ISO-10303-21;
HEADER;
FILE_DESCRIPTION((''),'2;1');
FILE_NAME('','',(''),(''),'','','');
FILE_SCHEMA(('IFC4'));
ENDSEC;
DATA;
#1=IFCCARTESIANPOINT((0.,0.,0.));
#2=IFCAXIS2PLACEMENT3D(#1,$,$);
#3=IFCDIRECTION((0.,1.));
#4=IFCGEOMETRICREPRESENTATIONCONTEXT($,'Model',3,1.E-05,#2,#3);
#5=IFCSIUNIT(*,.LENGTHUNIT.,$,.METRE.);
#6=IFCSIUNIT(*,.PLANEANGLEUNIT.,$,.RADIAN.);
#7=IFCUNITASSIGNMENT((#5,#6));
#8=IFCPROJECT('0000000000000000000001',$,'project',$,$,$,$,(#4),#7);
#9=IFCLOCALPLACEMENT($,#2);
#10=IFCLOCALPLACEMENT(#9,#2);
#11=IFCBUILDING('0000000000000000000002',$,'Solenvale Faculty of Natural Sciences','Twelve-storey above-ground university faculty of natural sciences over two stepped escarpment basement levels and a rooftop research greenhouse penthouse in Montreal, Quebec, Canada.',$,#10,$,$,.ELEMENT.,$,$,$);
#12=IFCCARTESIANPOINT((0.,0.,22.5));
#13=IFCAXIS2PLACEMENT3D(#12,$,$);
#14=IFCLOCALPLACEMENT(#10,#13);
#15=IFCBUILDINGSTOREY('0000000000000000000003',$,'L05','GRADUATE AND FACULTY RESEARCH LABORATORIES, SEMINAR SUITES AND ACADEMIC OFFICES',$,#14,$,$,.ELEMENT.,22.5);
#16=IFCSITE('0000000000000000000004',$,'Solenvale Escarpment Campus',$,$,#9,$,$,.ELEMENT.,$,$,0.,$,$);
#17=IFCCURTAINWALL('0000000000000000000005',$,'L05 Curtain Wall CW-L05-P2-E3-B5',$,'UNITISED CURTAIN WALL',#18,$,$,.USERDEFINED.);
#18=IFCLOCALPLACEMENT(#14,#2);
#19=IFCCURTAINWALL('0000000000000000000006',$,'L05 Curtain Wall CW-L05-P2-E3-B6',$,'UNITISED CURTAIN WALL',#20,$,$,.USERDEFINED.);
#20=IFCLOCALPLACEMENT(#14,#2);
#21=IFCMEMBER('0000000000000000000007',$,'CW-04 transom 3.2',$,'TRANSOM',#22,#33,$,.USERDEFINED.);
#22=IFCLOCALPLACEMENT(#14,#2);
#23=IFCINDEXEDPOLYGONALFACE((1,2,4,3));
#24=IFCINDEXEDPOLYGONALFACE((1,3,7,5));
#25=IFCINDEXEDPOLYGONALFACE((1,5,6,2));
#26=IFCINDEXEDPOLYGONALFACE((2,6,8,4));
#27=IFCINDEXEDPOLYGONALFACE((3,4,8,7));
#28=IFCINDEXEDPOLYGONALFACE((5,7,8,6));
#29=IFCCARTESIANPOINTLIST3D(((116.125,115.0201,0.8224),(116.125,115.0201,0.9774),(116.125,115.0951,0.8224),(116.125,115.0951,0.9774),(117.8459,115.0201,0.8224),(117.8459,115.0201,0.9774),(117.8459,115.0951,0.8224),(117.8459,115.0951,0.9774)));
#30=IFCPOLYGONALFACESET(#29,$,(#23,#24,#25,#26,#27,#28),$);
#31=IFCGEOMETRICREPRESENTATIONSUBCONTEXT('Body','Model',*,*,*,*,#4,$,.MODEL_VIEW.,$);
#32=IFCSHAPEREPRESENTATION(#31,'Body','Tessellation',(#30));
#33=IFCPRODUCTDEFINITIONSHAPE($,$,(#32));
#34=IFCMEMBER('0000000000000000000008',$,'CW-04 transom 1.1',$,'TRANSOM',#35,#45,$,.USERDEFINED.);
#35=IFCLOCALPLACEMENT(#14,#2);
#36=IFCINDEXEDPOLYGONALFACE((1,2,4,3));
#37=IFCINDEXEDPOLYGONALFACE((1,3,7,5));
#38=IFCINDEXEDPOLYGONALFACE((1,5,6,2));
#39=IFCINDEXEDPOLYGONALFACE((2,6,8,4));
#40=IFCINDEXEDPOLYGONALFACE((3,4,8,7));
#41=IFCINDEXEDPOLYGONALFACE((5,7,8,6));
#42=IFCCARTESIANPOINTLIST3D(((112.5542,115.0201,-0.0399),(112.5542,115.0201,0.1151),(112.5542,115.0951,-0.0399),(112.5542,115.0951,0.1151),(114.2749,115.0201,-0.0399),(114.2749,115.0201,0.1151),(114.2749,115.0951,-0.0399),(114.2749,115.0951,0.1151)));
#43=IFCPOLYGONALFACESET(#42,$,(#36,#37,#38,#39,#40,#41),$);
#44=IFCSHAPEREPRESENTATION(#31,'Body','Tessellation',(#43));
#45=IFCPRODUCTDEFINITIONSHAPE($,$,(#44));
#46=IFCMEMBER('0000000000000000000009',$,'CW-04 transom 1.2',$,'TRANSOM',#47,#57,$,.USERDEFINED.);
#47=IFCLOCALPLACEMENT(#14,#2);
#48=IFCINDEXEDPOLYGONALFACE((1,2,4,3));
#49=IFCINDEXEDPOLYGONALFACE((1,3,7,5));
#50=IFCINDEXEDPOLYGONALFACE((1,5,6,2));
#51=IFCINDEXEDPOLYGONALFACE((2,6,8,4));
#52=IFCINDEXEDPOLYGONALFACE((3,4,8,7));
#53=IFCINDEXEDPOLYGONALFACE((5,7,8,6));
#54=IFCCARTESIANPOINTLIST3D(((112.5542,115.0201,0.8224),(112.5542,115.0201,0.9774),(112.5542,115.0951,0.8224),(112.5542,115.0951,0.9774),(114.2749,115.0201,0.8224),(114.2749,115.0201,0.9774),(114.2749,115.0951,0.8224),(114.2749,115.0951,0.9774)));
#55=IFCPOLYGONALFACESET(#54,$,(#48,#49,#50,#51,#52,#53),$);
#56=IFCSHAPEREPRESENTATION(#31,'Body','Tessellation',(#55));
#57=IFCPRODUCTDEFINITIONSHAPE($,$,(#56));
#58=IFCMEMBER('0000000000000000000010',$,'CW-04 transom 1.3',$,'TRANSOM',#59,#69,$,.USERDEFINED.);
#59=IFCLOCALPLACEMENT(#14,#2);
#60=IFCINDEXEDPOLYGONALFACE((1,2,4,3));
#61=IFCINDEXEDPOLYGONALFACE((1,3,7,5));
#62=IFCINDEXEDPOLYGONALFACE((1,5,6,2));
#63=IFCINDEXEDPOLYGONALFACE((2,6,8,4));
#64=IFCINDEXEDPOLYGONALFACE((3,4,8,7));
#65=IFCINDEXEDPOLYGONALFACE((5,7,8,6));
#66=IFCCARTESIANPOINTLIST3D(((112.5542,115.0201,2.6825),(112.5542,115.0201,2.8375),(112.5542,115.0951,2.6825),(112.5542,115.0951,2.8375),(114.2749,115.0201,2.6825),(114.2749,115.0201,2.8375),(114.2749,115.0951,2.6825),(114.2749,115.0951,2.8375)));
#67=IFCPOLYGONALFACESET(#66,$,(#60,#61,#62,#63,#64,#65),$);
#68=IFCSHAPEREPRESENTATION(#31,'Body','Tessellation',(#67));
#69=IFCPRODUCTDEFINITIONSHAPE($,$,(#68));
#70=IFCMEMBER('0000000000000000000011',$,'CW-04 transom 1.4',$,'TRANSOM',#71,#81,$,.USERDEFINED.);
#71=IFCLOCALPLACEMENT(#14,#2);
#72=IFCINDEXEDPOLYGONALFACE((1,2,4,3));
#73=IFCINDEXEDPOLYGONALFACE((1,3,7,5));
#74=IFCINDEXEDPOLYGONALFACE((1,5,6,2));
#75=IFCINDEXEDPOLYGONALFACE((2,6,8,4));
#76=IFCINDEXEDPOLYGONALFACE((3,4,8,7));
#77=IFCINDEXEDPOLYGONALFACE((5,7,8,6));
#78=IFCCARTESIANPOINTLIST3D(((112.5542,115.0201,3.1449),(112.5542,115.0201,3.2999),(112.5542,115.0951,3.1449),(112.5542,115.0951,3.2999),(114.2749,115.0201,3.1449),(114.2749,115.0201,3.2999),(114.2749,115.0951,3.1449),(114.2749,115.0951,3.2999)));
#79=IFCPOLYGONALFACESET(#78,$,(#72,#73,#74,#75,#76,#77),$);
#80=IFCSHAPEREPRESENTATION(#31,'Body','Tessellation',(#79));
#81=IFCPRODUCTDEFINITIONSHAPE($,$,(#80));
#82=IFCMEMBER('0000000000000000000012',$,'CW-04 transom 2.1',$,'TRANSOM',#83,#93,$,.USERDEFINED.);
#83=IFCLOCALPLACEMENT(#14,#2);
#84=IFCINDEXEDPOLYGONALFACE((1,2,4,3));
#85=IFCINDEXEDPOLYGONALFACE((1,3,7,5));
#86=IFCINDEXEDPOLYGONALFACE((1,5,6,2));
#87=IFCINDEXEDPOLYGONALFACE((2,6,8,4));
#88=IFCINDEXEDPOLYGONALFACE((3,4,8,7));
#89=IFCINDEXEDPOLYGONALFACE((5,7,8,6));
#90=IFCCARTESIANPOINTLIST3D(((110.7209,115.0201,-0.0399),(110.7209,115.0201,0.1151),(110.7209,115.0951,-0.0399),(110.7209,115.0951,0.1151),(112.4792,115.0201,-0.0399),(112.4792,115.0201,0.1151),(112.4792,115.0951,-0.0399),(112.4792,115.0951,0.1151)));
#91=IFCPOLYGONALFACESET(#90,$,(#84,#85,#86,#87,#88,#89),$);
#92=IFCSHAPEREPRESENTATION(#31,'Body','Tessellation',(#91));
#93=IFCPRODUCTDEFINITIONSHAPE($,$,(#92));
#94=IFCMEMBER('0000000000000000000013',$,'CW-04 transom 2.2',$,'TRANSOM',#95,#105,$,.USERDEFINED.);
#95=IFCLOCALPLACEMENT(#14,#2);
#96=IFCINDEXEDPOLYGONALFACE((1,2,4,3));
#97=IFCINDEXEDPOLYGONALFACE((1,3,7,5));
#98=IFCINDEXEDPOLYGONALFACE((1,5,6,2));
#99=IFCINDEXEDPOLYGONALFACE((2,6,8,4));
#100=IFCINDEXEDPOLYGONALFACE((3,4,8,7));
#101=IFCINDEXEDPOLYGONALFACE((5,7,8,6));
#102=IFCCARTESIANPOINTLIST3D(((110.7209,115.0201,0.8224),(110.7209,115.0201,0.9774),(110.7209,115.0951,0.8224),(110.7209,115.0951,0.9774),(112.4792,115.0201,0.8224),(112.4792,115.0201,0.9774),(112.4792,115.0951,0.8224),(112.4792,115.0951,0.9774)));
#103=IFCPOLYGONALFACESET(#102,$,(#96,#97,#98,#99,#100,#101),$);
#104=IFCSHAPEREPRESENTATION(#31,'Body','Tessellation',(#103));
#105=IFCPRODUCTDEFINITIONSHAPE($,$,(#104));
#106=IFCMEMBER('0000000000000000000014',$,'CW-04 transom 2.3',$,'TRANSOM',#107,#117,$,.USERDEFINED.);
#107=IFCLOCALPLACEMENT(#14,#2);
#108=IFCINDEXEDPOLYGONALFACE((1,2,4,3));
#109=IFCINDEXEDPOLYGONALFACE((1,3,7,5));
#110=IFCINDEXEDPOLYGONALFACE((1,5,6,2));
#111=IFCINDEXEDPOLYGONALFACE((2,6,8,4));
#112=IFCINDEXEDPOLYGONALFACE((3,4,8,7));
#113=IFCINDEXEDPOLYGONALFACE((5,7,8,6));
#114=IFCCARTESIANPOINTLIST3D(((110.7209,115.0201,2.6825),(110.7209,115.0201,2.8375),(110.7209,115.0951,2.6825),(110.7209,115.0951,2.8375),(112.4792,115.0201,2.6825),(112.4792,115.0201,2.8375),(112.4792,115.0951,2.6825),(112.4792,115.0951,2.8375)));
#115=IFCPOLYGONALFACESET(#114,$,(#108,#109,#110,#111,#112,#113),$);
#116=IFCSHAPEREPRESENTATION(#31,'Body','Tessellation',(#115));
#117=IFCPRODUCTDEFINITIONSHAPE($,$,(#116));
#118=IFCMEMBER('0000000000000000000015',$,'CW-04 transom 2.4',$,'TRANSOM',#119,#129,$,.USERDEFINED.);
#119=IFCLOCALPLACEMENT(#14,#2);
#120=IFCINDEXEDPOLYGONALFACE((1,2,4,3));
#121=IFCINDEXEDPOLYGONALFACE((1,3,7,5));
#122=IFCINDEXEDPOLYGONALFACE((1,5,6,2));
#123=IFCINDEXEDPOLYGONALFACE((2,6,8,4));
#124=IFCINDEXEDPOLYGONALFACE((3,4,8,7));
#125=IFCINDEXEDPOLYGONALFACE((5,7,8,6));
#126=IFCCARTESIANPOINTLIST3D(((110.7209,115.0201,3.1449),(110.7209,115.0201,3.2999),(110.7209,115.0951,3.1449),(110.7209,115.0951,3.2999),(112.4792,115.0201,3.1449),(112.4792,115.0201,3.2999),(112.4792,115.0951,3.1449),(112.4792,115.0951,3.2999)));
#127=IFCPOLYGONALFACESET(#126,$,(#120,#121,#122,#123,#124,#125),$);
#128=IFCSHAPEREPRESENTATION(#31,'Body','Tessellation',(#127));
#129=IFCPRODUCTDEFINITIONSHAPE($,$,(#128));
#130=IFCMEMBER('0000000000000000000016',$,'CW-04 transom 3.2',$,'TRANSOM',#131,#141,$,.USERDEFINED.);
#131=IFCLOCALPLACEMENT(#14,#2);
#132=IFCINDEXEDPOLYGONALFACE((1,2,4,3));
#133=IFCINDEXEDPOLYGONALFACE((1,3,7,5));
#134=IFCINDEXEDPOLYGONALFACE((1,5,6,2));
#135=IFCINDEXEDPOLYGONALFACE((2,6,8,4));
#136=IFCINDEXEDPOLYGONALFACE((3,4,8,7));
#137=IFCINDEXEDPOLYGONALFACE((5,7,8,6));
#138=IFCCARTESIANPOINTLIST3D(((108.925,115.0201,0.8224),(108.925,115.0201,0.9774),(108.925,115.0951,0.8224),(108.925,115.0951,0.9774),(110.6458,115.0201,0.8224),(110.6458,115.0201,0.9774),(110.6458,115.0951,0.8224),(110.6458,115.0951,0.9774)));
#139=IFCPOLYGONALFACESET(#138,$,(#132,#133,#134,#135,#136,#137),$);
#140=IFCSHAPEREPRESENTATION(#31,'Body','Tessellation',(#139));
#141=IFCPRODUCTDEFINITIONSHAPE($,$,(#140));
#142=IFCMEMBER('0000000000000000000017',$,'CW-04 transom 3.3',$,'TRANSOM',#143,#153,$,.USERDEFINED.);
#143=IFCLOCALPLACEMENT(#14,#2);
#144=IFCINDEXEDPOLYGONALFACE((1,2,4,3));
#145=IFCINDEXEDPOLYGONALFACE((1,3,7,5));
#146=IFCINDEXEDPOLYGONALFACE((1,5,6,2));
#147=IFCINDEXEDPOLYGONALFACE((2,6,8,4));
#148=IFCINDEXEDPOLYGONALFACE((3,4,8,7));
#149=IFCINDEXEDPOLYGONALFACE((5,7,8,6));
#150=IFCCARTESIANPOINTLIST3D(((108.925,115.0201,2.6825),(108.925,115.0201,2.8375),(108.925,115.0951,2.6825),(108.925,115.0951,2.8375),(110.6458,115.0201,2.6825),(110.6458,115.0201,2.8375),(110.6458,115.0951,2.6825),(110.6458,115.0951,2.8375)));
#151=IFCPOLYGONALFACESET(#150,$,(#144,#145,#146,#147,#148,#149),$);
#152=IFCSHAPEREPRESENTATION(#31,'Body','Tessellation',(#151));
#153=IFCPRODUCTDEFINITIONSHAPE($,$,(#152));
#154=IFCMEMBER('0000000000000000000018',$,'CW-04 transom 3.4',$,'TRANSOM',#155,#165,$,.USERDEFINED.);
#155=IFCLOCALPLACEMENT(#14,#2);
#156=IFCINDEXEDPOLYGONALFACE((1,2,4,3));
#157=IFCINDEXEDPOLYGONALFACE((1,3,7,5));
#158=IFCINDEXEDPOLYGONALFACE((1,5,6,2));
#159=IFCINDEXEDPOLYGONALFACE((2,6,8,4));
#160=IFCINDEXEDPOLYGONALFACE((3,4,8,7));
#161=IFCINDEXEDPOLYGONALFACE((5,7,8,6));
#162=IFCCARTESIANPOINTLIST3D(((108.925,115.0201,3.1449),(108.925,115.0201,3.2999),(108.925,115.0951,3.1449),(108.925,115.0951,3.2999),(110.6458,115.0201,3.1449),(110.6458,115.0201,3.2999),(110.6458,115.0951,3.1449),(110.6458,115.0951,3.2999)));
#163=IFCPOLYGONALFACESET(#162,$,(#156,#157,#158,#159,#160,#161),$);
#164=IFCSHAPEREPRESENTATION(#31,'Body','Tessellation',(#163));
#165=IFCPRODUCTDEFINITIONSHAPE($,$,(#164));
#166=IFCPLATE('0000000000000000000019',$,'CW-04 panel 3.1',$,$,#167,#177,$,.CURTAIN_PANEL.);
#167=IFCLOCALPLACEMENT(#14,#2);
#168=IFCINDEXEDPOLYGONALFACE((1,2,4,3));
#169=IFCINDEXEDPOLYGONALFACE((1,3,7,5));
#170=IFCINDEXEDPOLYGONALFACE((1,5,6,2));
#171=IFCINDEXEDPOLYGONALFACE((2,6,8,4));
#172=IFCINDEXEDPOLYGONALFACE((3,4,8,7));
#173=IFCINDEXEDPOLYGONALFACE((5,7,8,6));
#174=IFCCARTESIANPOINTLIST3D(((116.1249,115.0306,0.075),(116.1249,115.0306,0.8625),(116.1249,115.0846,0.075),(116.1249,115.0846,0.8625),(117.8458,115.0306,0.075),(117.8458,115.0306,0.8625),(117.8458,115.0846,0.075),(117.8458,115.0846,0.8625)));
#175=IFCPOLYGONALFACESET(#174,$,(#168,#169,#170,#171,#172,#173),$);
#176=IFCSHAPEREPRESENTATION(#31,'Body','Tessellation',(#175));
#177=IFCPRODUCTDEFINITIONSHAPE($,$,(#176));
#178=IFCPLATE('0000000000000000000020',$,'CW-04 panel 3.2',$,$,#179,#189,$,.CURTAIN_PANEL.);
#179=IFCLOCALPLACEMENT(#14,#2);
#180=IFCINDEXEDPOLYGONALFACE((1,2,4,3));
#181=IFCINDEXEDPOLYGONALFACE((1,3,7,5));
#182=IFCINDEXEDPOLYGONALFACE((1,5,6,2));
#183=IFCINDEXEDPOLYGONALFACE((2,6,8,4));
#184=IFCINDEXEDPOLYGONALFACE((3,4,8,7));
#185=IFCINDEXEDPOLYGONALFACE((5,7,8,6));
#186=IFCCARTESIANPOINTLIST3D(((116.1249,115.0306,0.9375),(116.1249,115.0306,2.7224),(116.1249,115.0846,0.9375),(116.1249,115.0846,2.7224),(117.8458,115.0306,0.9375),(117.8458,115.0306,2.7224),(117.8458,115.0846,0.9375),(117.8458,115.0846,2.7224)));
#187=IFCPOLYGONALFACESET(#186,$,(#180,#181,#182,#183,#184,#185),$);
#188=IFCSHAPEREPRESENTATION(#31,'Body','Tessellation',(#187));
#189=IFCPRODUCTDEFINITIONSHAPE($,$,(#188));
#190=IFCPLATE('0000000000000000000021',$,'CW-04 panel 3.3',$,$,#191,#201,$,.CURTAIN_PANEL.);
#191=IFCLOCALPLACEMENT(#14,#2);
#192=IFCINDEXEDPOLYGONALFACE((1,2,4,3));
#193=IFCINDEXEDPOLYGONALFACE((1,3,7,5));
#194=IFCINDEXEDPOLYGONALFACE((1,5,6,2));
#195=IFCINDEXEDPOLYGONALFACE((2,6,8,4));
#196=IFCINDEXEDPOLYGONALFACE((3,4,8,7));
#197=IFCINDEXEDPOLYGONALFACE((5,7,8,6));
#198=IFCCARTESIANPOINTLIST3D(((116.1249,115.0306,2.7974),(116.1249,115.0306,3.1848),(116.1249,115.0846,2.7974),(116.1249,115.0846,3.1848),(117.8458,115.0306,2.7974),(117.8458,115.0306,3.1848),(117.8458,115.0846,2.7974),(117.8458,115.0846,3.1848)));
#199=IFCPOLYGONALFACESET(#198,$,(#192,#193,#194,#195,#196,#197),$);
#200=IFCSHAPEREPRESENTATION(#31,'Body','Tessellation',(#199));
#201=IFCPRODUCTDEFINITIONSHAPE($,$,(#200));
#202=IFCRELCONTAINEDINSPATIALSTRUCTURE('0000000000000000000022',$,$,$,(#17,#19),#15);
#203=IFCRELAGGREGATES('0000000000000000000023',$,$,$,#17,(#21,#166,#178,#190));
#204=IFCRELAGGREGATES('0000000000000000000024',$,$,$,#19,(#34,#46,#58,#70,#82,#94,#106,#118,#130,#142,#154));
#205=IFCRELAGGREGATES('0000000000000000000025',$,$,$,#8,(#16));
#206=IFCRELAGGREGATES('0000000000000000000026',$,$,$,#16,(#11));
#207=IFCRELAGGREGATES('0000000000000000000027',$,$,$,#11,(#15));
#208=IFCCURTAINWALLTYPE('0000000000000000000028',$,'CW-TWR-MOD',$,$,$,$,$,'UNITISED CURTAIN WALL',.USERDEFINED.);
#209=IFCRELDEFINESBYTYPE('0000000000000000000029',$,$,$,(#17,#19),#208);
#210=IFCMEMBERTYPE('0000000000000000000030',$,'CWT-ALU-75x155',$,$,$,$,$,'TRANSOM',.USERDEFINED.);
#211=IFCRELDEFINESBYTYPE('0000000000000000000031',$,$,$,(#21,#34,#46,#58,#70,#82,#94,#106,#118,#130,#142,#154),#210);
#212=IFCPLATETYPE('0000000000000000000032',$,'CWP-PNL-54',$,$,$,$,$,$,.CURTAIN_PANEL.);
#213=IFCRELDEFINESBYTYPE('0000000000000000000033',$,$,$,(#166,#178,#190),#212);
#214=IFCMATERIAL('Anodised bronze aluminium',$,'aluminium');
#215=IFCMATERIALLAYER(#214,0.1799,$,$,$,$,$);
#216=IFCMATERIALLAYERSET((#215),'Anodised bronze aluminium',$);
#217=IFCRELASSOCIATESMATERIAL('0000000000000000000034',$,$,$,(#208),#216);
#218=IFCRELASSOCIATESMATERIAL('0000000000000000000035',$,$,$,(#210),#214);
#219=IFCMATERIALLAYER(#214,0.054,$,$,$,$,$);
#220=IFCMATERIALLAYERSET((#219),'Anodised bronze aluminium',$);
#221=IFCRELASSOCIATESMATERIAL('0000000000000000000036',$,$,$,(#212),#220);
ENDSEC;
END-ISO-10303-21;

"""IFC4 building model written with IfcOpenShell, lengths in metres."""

from ifc_helpers import new_model, si_unit, direction, frame, origin, origin_2d, place, context, subcontext, project, spatial, rectangle, extrude, material, layer, layer_set, material_profile, profile_set, type_object, element, aggregate, save


model = new_model("IFC4")

# Units and contexts
model_context = context("Model", 3, precision=1e-05, world=origin(), true_north=direction((0.0, 1.0)))
body_context = subcontext(model_context, "Body", "Model", "MODEL_VIEW")
ifc_project = project(units=[si_unit("LENGTHUNIT", "METRE"), si_unit("PLANEANGLEUNIT", "RADIAN")], contexts=[model_context])

# Site, building, storey
site_placement = place(None, origin())
site = spatial("IfcSite", under=ifc_project, at=site_placement, Name="Solenvale Escarpment Campus", CompositionType="ELEMENT", RefElevation=0.0)
building_placement = place(site_placement, origin())
building = spatial("IfcBuilding", under=site, at=building_placement, Name="Solenvale Faculty of Natural Sciences", Description="Twelve-storey above-ground university faculty of natural sciences over two stepped escarpment basement levels and a rooftop research greenhouse penthouse in Montreal, Quebec, Canada.", CompositionType="ELEMENT")
storey_placement = place(building_placement, frame((0.0, 0.0, 22.5)))
storey = spatial("IfcBuildingStorey", under=building, at=storey_placement, Name="L05", Description="GRADUATE AND FACULTY RESEARCH LABORATORIES, SEMINAR SUITES AND ACADEMIC OFFICES", CompositionType="ELEMENT", Elevation=22.5)

# Curtain wall
ifc_material_1 = material(Name="Anodised bronze aluminium", Category="aluminium")
ifc_layer_1 = layer(ifc_material_1, 0.1799)
ifc_layer_set_1 = layer_set([ifc_layer_1], Name="Anodised bronze aluminium")
curtain_wall_type = type_object("IfcCurtainWallType", Name="CW-TWR-MOD", ElementType="UNITISED CURTAIN WALL", PredefinedType="USERDEFINED", material=ifc_layer_set_1)
curtain_wall_1_placement = place(storey_placement, origin())
curtain_wall_1 = element("IfcCurtainWall", 1, at=curtain_wall_1_placement, inside=storey, type_object=curtain_wall_type, Name="L05 Curtain Wall CW-L05-P2-E3-B5", ObjectType="UNITISED CURTAIN WALL", PredefinedType="USERDEFINED")

# Curtain wall
curtain_wall_2_placement = place(storey_placement, origin())
curtain_wall_2 = element("IfcCurtainWall", 2, at=curtain_wall_2_placement, inside=storey, type_object=curtain_wall_type, Name="L05 Curtain Wall CW-L05-P2-E3-B6", ObjectType="UNITISED CURTAIN WALL", PredefinedType="USERDEFINED")

# Members
ifc_material_profile_1 = material_profile(ifc_material_1, rectangle(XDim=0.075, YDim=0.155, at=origin_2d()), Name="ALU-TRN-75x155")
ifc_profile_set_1 = profile_set([ifc_material_profile_1], Name="Anodised bronze aluminium")
member_type_1 = type_object("IfcMemberType", Name="CWT-ALU-75x155", ElementType="TRANSOM", PredefinedType="USERDEFINED", material=ifc_profile_set_1)
member_1_placement = place(storey_placement, frame((117.8459, 115.0576, 0.8999), z_axis=(-1.0, 0.0, 0.0), x_axis=(0.0, -1.0, 0.0)))
member_1 = element("IfcMember", 3, at=member_1_placement, type_object=member_type_1, Name="CW-04 transom 3.2", ObjectType="TRANSOM", PredefinedType="USERDEFINED", context=body_context, shape_type="SweptSolid", body=[
    extrude(rectangle(XDim=0.075, YDim=0.155, at=origin_2d()), origin(), (0.0, 0.0, 1.0), 1.7209),
])
member_2_placement = place(storey_placement, frame((114.2749, 115.0576, 0.0376), z_axis=(-1.0, 0.0, 0.0), x_axis=(0.0, -1.0, 0.0)))
member_2 = element("IfcMember", 4, at=member_2_placement, type_object=member_type_1, Name="CW-04 transom 1.1", ObjectType="TRANSOM", PredefinedType="USERDEFINED", context=body_context, shape_type="SweptSolid", body=[
    extrude(rectangle(XDim=0.075, YDim=0.155, at=origin_2d()), origin(), (0.0, 0.0, 1.0), 1.7207),
])
member_3_placement = place(storey_placement, frame((114.2749, 115.0576, 0.8999), z_axis=(-1.0, 0.0, 0.0), x_axis=(0.0, -1.0, 0.0)))
member_3 = element("IfcMember", 5, at=member_3_placement, type_object=member_type_1, Name="CW-04 transom 1.2", ObjectType="TRANSOM", PredefinedType="USERDEFINED", context=body_context, shape_type="SweptSolid", body=[
    extrude(rectangle(XDim=0.075, YDim=0.155, at=origin_2d()), origin(), (0.0, 0.0, 1.0), 1.7207),
])
member_4_placement = place(storey_placement, frame((114.2749, 115.0576, 2.76), z_axis=(-1.0, 0.0, 0.0), x_axis=(0.0, -1.0, 0.0)))
member_4 = element("IfcMember", 6, at=member_4_placement, type_object=member_type_1, Name="CW-04 transom 1.3", ObjectType="TRANSOM", PredefinedType="USERDEFINED", context=body_context, shape_type="SweptSolid", body=[
    extrude(rectangle(XDim=0.075, YDim=0.155, at=origin_2d()), origin(), (0.0, 0.0, 1.0), 1.7207),
])
member_5_placement = place(storey_placement, frame((114.2749, 115.0576, 3.2224), z_axis=(-1.0, 0.0, 0.0), x_axis=(0.0, -1.0, 0.0)))
member_5 = element("IfcMember", 7, at=member_5_placement, type_object=member_type_1, Name="CW-04 transom 1.4", ObjectType="TRANSOM", PredefinedType="USERDEFINED", context=body_context, shape_type="SweptSolid", body=[
    extrude(rectangle(XDim=0.075, YDim=0.155, at=origin_2d()), origin(), (0.0, 0.0, 1.0), 1.7207),
])
member_6_placement = place(storey_placement, frame((112.4792, 115.0576, 0.0376), z_axis=(-1.0, 0.0, 0.0), x_axis=(0.0, -1.0, 0.0)))
member_6 = element("IfcMember", 8, at=member_6_placement, type_object=member_type_1, Name="CW-04 transom 2.1", ObjectType="TRANSOM", PredefinedType="USERDEFINED", context=body_context, shape_type="SweptSolid", body=[
    extrude(rectangle(XDim=0.075, YDim=0.155, at=origin_2d()), origin(), (0.0, 0.0, 1.0), 1.7583),
])
member_7_placement = place(storey_placement, frame((112.4792, 115.0576, 0.8999), z_axis=(-1.0, 0.0, 0.0), x_axis=(0.0, -1.0, 0.0)))
member_7 = element("IfcMember", 9, at=member_7_placement, type_object=member_type_1, Name="CW-04 transom 2.2", ObjectType="TRANSOM", PredefinedType="USERDEFINED", context=body_context, shape_type="SweptSolid", body=[
    extrude(rectangle(XDim=0.075, YDim=0.155, at=origin_2d()), origin(), (0.0, 0.0, 1.0), 1.7583),
])
member_8_placement = place(storey_placement, frame((112.4792, 115.0576, 2.76), z_axis=(-1.0, 0.0, 0.0), x_axis=(0.0, -1.0, 0.0)))
member_8 = element("IfcMember", 10, at=member_8_placement, type_object=member_type_1, Name="CW-04 transom 2.3", ObjectType="TRANSOM", PredefinedType="USERDEFINED", context=body_context, shape_type="SweptSolid", body=[
    extrude(rectangle(XDim=0.075, YDim=0.155, at=origin_2d()), origin(), (0.0, 0.0, 1.0), 1.7583),
])
member_9_placement = place(storey_placement, frame((112.4792, 115.0576, 3.2224), z_axis=(-1.0, 0.0, 0.0), x_axis=(0.0, -1.0, 0.0)))
member_9 = element("IfcMember", 11, at=member_9_placement, type_object=member_type_1, Name="CW-04 transom 2.4", ObjectType="TRANSOM", PredefinedType="USERDEFINED", context=body_context, shape_type="SweptSolid", body=[
    extrude(rectangle(XDim=0.075, YDim=0.155, at=origin_2d()), origin(), (0.0, 0.0, 1.0), 1.7583),
])
member_10_placement = place(storey_placement, frame((110.6458, 115.0576, 0.8999), z_axis=(-1.0, 0.0, 0.0), x_axis=(0.0, -1.0, 0.0)))
member_10 = element("IfcMember", 12, at=member_10_placement, type_object=member_type_1, Name="CW-04 transom 3.2", ObjectType="TRANSOM", PredefinedType="USERDEFINED", context=body_context, shape_type="SweptSolid", body=[
    extrude(rectangle(XDim=0.075, YDim=0.155, at=origin_2d()), origin(), (0.0, 0.0, 1.0), 1.7207),
])
member_11_placement = place(storey_placement, frame((110.6458, 115.0576, 2.76), z_axis=(-1.0, 0.0, 0.0), x_axis=(0.0, -1.0, 0.0)))
member_11 = element("IfcMember", 13, at=member_11_placement, type_object=member_type_1, Name="CW-04 transom 3.3", ObjectType="TRANSOM", PredefinedType="USERDEFINED", context=body_context, shape_type="SweptSolid", body=[
    extrude(rectangle(XDim=0.075, YDim=0.155, at=origin_2d()), origin(), (0.0, 0.0, 1.0), 1.7207),
])
member_12_placement = place(storey_placement, frame((110.6458, 115.0576, 3.2224), z_axis=(-1.0, 0.0, 0.0), x_axis=(0.0, -1.0, 0.0)))
member_12 = element("IfcMember", 14, at=member_12_placement, type_object=member_type_1, Name="CW-04 transom 3.4", ObjectType="TRANSOM", PredefinedType="USERDEFINED", context=body_context, shape_type="SweptSolid", body=[
    extrude(rectangle(XDim=0.075, YDim=0.155, at=origin_2d()), origin(), (0.0, 0.0, 1.0), 1.7207),
])

# Plates
ifc_layer_2 = layer(ifc_material_1, 0.054)
ifc_layer_set_2 = layer_set([ifc_layer_2], Name="Anodised bronze aluminium")
plate_type_1 = type_object("IfcPlateType", Name="CWP-PNL-54", PredefinedType="CURTAIN_PANEL", material=ifc_layer_set_2)
plate_1_placement = place(storey_placement, frame((116.9854, 115.0576, 0.075), z_axis=(0.0, 0.0, 1.0), x_axis=(-1.0, 0.0, 0.0)))
plate_1 = element("IfcPlate", 15, at=plate_1_placement, type_object=plate_type_1, Name="CW-04 panel 3.1", PredefinedType="CURTAIN_PANEL", context=body_context, shape_type="SweptSolid", body=[
    extrude(rectangle(XDim=1.7209, YDim=0.054, at=origin_2d()), origin(), (0.0, 0.0, 1.0), 0.7876),
])
plate_2_placement = place(storey_placement, frame((116.9854, 115.0576, 0.9375), z_axis=(0.0, 0.0, 1.0), x_axis=(-1.0, 0.0, 0.0)))
plate_2 = element("IfcPlate", 16, at=plate_2_placement, type_object=plate_type_1, Name="CW-04 panel 3.2", PredefinedType="CURTAIN_PANEL", context=body_context, shape_type="SweptSolid", body=[
    extrude(rectangle(XDim=1.7209, YDim=0.054, at=origin_2d()), origin(), (0.0, 0.0, 1.0), 1.7849),
])
plate_3_placement = place(storey_placement, frame((116.9854, 115.0576, 2.7974), z_axis=(0.0, 0.0, 1.0), x_axis=(-1.0, 0.0, 0.0)))
plate_3 = element("IfcPlate", 17, at=plate_3_placement, type_object=plate_type_1, Name="CW-04 panel 3.3", PredefinedType="CURTAIN_PANEL", context=body_context, shape_type="SweptSolid", body=[
    extrude(rectangle(XDim=1.7209, YDim=0.054, at=origin_2d()), origin(), (0.0, 0.0, 1.0), 0.3875),
])
aggregate(curtain_wall_1, [member_1, plate_1, plate_2, plate_3])
aggregate(curtain_wall_2, [member_2, member_3, member_4, member_5, member_6, member_7, member_8, member_9, member_10, member_11, member_12])

save(model, "model.ifc")
